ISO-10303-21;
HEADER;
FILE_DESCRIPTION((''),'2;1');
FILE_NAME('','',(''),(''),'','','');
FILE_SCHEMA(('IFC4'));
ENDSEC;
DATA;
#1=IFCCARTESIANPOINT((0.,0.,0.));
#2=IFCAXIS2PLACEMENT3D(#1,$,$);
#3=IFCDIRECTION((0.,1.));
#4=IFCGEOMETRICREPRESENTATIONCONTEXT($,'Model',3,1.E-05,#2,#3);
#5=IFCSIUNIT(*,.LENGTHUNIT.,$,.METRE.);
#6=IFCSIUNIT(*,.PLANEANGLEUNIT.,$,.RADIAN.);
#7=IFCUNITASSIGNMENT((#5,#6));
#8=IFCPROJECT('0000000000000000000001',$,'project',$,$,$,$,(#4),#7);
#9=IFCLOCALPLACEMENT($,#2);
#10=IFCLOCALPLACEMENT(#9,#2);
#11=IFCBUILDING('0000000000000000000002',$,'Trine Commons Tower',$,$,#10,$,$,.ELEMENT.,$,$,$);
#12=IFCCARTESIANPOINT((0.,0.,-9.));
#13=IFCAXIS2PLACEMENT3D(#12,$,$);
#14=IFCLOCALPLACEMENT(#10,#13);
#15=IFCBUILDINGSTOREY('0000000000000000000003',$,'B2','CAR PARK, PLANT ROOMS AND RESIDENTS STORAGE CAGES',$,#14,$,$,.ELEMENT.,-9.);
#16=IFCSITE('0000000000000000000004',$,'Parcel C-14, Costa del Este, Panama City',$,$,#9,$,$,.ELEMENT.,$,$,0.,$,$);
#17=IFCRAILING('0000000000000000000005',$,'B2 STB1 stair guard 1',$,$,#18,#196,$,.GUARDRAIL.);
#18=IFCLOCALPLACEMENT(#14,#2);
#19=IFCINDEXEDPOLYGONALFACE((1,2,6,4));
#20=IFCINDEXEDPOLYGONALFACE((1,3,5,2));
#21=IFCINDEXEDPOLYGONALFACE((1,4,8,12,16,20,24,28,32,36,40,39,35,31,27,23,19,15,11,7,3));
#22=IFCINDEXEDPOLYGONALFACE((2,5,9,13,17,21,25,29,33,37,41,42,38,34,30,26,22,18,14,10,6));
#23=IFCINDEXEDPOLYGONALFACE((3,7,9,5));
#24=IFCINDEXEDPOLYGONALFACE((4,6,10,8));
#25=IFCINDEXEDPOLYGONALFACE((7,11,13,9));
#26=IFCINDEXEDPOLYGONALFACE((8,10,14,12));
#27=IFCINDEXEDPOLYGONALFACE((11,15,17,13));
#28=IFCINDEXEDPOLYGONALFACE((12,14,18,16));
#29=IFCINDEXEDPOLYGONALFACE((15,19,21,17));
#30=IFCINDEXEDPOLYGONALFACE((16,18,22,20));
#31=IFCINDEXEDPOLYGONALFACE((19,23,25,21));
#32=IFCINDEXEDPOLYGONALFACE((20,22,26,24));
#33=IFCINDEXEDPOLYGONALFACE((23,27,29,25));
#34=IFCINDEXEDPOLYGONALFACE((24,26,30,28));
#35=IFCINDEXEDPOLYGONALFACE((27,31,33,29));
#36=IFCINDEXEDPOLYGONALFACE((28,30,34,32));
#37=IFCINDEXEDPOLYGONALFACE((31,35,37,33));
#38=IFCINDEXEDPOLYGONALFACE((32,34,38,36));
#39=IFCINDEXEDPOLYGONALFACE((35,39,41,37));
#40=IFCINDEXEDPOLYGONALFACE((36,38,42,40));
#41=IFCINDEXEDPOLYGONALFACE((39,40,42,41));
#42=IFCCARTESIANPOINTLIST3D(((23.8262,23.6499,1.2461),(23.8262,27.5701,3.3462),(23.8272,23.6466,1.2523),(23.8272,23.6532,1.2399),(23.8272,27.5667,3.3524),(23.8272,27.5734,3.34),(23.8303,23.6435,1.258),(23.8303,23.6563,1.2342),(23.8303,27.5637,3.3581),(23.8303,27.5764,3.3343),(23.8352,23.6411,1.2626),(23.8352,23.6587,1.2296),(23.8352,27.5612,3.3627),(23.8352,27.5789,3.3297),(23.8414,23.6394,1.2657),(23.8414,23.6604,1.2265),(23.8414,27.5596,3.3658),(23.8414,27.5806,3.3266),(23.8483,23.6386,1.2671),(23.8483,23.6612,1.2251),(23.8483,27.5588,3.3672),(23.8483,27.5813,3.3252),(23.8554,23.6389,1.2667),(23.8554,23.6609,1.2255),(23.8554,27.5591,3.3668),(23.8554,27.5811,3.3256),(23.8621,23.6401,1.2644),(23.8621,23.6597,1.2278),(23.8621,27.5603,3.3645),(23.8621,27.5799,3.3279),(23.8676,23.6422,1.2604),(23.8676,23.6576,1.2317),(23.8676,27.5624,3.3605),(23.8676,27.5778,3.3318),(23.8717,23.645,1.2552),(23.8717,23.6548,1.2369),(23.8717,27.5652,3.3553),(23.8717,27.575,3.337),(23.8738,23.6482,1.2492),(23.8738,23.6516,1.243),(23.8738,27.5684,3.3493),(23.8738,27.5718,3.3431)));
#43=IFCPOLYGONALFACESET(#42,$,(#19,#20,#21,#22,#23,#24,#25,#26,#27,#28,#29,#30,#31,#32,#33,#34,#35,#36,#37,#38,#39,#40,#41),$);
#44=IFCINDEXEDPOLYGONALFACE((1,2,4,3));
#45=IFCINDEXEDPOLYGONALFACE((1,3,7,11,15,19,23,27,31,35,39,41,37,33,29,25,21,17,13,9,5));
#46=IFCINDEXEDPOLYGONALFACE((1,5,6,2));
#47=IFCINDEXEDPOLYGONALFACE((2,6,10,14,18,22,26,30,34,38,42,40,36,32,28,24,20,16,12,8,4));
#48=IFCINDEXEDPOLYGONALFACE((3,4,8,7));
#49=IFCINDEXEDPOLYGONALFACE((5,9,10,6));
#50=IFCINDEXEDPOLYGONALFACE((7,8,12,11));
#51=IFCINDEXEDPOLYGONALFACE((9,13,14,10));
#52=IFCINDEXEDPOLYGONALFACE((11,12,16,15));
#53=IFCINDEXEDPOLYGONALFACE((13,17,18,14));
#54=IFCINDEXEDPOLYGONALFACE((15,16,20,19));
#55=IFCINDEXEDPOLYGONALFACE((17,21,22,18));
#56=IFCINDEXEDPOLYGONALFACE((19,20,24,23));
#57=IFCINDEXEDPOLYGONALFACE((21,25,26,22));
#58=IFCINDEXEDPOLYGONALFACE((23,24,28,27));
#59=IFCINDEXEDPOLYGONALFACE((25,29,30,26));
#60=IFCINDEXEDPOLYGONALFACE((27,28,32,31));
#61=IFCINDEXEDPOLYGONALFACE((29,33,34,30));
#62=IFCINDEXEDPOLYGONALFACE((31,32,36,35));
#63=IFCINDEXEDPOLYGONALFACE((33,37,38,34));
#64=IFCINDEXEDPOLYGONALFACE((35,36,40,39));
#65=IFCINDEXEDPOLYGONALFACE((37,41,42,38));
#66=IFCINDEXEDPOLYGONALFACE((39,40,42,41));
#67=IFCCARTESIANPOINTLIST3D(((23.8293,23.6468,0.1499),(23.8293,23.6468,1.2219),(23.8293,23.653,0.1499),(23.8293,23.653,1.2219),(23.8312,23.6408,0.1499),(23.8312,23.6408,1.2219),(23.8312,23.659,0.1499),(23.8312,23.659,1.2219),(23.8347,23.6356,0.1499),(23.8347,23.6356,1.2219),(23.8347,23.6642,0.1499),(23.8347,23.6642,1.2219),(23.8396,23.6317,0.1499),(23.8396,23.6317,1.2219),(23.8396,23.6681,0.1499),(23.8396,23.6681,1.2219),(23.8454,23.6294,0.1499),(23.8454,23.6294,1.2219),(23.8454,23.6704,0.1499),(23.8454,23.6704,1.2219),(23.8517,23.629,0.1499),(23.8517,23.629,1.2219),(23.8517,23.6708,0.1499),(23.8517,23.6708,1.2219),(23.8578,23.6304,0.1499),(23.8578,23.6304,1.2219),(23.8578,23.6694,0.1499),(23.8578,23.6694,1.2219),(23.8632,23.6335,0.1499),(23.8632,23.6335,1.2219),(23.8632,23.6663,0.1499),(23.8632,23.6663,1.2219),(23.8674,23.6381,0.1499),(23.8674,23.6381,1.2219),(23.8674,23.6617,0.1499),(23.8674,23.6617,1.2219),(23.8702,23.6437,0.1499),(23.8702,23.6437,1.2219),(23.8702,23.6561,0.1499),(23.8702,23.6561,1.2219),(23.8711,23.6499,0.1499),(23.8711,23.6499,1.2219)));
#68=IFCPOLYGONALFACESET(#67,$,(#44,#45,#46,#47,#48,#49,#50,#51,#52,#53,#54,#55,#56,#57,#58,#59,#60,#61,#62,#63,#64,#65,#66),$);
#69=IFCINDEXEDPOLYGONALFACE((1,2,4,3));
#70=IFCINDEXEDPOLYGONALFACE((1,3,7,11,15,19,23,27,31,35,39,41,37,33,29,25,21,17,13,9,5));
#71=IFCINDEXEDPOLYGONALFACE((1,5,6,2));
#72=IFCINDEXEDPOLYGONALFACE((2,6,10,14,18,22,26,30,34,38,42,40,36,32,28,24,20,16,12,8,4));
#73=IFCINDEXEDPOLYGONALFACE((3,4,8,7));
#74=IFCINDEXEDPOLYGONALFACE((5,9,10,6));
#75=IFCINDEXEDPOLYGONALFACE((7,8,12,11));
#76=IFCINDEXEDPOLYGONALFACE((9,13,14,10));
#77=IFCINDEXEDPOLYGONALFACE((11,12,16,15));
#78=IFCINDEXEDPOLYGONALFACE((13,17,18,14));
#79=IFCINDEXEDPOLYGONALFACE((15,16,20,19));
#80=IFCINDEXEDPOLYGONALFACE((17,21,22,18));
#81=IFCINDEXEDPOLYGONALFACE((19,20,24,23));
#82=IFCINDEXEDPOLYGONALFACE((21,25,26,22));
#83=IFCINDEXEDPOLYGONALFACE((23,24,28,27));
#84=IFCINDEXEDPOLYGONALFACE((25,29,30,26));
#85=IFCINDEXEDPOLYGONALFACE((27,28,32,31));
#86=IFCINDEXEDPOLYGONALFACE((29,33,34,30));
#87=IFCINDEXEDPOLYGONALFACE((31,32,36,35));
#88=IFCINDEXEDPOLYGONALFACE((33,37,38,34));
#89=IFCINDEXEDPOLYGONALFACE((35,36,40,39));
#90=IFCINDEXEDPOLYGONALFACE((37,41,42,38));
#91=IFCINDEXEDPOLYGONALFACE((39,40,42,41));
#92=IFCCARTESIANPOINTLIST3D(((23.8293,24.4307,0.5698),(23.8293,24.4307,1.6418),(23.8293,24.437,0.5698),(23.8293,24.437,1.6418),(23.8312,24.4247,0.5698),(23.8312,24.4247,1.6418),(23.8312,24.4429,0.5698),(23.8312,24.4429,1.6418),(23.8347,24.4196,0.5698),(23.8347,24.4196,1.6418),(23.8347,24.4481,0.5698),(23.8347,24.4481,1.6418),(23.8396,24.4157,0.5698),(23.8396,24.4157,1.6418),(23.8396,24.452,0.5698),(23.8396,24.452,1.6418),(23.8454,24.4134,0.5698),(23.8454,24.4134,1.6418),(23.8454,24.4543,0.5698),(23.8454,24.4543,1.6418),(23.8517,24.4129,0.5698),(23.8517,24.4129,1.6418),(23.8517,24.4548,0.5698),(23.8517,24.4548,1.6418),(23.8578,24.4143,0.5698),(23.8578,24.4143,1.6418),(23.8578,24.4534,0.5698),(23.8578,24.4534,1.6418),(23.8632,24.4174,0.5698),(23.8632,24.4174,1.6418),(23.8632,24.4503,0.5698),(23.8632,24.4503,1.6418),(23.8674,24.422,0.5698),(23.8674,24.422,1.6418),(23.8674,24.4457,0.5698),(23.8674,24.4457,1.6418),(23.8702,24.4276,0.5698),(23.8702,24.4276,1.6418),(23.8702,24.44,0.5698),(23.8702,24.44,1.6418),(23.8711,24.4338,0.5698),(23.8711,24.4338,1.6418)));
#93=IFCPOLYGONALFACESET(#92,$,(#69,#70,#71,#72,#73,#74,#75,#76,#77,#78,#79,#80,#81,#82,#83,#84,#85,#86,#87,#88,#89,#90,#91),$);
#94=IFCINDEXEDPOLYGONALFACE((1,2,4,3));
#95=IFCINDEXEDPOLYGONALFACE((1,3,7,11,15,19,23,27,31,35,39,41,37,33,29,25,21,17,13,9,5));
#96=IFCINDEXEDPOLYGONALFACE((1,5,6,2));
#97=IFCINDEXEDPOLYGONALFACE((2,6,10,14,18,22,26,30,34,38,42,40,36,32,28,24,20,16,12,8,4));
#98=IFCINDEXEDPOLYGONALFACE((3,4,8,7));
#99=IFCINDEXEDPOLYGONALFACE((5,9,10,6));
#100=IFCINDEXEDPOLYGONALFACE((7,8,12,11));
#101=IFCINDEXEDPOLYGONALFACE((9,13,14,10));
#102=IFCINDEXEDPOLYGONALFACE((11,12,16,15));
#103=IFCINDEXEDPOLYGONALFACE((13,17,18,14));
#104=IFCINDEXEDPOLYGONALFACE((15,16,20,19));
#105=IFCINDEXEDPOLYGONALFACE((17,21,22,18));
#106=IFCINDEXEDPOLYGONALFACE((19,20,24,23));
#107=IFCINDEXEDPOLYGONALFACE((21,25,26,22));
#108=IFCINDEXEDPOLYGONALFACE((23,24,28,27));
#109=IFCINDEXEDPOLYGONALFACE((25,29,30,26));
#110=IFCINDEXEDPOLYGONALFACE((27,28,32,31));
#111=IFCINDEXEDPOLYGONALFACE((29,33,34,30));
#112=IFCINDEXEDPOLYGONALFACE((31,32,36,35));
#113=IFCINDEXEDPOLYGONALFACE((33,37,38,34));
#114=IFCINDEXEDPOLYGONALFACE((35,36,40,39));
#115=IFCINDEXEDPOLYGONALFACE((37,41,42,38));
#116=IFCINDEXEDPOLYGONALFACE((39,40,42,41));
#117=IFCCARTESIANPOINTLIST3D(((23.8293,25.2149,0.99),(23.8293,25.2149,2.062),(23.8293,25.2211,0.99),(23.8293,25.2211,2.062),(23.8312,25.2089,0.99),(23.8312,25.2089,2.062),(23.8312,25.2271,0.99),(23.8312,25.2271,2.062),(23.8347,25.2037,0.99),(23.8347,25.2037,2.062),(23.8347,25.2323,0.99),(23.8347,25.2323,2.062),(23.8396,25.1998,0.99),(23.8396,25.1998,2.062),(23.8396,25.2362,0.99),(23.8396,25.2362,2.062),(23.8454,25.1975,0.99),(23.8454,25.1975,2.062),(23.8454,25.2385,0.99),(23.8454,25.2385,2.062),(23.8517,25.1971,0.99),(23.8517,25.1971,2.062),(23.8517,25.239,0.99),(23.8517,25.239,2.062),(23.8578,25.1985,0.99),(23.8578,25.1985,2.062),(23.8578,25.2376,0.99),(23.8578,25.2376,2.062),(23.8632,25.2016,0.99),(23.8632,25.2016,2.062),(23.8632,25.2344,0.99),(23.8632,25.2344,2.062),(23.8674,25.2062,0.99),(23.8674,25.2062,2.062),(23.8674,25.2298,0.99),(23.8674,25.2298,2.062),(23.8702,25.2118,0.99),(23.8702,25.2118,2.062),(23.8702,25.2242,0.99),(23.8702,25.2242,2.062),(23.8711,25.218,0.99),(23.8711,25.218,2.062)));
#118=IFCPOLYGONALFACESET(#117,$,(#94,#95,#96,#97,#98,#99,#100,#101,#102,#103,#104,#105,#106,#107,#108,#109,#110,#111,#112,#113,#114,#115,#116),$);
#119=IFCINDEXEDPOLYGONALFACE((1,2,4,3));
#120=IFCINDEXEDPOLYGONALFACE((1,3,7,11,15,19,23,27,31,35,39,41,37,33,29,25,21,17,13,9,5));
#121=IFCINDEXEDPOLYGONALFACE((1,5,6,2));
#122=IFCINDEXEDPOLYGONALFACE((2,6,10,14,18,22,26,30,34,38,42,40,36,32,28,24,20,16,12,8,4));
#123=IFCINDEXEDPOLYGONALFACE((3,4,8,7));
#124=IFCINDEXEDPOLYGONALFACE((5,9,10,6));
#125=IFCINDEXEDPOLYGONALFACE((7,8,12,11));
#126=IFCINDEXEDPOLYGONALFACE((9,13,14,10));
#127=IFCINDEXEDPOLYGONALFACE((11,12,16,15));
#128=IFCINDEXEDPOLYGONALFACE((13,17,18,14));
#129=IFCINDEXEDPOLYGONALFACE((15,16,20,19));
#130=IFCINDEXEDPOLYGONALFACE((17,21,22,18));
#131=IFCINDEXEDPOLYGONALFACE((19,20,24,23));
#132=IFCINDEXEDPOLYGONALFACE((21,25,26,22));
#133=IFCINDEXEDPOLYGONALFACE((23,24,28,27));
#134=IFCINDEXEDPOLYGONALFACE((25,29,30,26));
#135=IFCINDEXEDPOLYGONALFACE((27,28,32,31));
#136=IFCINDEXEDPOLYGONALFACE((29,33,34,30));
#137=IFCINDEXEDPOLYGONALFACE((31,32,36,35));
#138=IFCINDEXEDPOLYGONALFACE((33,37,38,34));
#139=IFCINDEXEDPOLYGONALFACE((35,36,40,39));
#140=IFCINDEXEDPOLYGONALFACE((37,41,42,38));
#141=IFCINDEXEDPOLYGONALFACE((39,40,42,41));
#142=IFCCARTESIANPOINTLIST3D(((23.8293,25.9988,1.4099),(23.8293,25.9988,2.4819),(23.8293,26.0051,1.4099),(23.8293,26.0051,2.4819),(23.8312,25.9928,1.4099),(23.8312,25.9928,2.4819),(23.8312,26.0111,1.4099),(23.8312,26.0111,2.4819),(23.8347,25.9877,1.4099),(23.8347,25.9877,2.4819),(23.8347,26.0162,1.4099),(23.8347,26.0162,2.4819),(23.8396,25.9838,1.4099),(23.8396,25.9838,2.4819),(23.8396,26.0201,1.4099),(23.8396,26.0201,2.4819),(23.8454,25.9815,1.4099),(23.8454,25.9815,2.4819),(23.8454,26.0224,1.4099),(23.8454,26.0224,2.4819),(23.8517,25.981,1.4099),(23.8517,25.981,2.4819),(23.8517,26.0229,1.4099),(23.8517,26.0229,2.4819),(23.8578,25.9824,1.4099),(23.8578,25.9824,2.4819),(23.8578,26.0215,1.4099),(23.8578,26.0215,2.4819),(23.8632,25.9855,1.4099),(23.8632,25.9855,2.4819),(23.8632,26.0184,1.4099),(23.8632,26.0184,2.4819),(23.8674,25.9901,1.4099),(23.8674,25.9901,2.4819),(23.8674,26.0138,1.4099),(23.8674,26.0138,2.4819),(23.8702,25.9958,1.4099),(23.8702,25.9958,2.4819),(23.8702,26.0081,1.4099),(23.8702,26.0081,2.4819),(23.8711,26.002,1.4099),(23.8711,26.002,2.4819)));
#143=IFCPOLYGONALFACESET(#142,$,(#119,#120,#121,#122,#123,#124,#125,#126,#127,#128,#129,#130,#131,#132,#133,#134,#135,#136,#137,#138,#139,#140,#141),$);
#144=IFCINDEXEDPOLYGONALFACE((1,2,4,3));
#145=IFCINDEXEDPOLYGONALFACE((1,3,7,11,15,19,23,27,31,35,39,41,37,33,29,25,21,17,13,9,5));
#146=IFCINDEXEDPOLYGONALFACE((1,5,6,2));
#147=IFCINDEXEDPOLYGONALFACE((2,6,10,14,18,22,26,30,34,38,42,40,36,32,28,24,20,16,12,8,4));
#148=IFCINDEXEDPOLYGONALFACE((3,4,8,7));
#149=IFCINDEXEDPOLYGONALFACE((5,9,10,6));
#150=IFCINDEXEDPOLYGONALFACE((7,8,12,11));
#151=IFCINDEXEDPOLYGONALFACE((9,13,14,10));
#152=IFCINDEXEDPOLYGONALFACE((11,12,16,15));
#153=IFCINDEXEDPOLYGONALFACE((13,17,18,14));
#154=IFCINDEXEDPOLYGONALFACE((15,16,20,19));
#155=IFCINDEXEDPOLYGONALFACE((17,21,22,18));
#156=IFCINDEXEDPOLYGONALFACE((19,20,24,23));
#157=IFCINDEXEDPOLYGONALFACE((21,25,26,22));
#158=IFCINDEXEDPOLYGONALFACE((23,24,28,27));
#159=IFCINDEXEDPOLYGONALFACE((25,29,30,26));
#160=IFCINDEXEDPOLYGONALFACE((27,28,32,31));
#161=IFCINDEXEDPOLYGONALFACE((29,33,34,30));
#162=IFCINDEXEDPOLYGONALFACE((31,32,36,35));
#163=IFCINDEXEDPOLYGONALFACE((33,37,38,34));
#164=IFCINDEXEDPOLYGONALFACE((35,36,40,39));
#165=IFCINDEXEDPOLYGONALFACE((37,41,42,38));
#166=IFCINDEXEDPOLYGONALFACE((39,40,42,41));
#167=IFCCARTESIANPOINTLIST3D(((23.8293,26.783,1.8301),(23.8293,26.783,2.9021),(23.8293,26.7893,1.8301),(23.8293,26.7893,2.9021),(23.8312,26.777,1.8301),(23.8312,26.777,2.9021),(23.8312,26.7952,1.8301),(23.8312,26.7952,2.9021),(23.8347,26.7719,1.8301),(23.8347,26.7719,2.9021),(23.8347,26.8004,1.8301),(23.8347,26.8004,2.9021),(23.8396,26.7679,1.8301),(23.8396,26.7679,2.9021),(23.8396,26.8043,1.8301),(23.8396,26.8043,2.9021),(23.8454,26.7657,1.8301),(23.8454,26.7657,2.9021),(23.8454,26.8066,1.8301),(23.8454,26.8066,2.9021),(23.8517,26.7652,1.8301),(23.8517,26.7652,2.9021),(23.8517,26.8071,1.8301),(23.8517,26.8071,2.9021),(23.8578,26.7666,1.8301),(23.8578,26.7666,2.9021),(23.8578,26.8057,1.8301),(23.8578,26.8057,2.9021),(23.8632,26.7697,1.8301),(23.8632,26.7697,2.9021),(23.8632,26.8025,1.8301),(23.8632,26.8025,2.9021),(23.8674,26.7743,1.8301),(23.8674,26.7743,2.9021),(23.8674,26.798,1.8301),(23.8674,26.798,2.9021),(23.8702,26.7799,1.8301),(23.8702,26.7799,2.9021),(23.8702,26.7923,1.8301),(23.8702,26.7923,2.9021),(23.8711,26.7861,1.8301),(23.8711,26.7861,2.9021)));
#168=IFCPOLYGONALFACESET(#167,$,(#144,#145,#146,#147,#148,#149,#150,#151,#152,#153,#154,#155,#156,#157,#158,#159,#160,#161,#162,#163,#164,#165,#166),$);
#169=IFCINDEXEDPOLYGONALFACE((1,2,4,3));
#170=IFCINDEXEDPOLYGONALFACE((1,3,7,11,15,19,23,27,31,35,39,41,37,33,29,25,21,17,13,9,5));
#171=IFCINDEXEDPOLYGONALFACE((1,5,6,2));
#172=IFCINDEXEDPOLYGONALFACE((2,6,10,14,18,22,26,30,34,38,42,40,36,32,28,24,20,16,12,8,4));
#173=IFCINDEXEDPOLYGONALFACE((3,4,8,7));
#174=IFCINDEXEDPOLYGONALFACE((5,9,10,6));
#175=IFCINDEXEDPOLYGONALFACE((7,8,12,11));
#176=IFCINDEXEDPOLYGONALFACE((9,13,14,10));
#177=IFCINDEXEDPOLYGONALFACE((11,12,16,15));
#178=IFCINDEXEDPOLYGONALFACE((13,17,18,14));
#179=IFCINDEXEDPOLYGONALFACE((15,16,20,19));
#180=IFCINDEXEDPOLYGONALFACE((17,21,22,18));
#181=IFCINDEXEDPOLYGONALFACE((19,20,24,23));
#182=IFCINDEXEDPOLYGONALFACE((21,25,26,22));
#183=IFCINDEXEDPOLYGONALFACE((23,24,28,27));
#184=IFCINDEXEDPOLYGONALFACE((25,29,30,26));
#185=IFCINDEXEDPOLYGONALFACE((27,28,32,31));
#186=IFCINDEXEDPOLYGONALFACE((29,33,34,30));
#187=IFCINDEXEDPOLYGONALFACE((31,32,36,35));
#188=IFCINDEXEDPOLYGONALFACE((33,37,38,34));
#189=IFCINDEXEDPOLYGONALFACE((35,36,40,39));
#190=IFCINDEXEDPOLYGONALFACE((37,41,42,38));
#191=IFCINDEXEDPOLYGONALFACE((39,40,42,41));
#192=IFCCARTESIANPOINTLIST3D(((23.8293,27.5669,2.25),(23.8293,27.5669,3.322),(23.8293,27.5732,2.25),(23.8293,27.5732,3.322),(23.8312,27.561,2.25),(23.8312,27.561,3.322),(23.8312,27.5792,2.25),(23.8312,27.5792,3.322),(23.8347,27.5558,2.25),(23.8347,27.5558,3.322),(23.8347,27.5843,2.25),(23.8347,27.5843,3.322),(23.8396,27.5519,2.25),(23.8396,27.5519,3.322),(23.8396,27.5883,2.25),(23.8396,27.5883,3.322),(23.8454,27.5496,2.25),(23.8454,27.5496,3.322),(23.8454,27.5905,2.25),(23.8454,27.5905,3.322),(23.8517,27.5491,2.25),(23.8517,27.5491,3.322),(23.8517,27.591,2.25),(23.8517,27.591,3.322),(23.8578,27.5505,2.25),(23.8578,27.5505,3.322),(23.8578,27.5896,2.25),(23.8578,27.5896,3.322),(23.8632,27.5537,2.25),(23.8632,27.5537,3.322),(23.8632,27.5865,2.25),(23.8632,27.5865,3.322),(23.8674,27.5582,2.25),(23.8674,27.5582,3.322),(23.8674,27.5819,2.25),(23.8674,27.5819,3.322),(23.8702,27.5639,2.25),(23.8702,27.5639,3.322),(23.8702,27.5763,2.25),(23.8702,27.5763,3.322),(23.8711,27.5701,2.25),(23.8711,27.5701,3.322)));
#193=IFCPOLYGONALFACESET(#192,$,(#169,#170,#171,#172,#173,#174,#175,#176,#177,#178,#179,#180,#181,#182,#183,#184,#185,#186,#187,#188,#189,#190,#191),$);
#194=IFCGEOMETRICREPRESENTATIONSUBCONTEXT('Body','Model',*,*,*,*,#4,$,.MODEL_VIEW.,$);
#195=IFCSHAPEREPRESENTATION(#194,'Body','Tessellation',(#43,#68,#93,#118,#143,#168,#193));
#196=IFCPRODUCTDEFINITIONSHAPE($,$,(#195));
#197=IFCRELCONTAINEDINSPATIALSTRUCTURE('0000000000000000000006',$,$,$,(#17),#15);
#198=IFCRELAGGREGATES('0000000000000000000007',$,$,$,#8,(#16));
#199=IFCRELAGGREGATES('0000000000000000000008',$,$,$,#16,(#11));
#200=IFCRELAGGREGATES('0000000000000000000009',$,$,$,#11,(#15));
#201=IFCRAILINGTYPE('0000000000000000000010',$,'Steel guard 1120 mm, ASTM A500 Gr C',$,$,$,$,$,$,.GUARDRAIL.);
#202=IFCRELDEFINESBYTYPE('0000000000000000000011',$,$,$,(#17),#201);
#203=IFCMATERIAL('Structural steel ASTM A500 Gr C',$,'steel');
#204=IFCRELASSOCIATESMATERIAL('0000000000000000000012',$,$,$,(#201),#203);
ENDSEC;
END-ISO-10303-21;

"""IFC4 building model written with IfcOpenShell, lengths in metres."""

from ifc_helpers import new_model, si_unit, direction, frame, origin, origin_2d, place, context, subcontext, project, spatial, circle, extrude, material, type_object, element, save


model = new_model("IFC4")

# Units and contexts
model_context = context("Model", 3, precision=1e-05, world=origin(), true_north=direction((0.0, 1.0)))
body_context = subcontext(model_context, "Body", "Model", "MODEL_VIEW")
ifc_project = project(units=[si_unit("LENGTHUNIT", "METRE"), si_unit("PLANEANGLEUNIT", "RADIAN")], contexts=[model_context])

# Site, building, storey
site_placement = place(None, origin())
site = spatial("IfcSite", under=ifc_project, at=site_placement, Name="Parcel C-14, Costa del Este, Panama City", CompositionType="ELEMENT", RefElevation=0.0)
building_placement = place(site_placement, origin())
building = spatial("IfcBuilding", under=site, at=building_placement, Name="Trine Commons Tower", CompositionType="ELEMENT")
storey_placement = place(building_placement, frame((0.0, 0.0, -9.0)))
storey = spatial("IfcBuildingStorey", under=building, at=storey_placement, Name="B2", Description="CAR PARK, PLANT ROOMS AND RESIDENTS STORAGE CAGES", CompositionType="ELEMENT", Elevation=-9.0)

# Railing
ifc_material_1 = material(Name="Structural steel ASTM A500 Gr C", Category="steel")
railing_type = type_object("IfcRailingType", Name="Steel guard 1120 mm, ASTM A500 Gr C", PredefinedType="GUARDRAIL", material=ifc_material_1)
railing_1_placement = place(storey_placement, frame((23.8501, 23.6499, 0.1499)))
element("IfcRailing", 1, at=railing_1_placement, inside=storey, type_object=railing_type, Name="B2 STB1 stair guard 1", PredefinedType="GUARDRAIL", context=body_context, shape_type="SweptSolid", body=[
    extrude(circle(Radius=0.0239, at=origin_2d()), frame((0.0, 0.0, 1.0962), z_axis=(0.0, 0.881479, 0.472223), x_axis=(-1.0, 0.0, 0.0)), (0.0, 0.0, 1.0), 4.4473),
    extrude(circle(Radius=0.021, at=origin_2d()), origin(), (0.0, 0.0, 1.0), 1.072),
    extrude(circle(Radius=0.021, at=origin_2d()), frame((0.0, 0.7839, 0.4199)), (0.0, 0.0, 1.0), 1.072),
    extrude(circle(Radius=0.021, at=origin_2d()), frame((0.0, 1.5681, 0.8401)), (0.0, 0.0, 1.0), 1.072),
    extrude(circle(Radius=0.021, at=origin_2d()), frame((0.0, 2.3521, 1.26)), (0.0, 0.0, 1.0), 1.072),
    extrude(circle(Radius=0.021, at=origin_2d()), frame((0.0, 3.1362, 1.6802)), (0.0, 0.0, 1.0), 1.072),
    extrude(circle(Radius=0.021, at=origin_2d()), frame((0.0, 3.9202, 2.1001)), (0.0, 0.0, 1.0), 1.072),
])

save(model, "model.ifc")
